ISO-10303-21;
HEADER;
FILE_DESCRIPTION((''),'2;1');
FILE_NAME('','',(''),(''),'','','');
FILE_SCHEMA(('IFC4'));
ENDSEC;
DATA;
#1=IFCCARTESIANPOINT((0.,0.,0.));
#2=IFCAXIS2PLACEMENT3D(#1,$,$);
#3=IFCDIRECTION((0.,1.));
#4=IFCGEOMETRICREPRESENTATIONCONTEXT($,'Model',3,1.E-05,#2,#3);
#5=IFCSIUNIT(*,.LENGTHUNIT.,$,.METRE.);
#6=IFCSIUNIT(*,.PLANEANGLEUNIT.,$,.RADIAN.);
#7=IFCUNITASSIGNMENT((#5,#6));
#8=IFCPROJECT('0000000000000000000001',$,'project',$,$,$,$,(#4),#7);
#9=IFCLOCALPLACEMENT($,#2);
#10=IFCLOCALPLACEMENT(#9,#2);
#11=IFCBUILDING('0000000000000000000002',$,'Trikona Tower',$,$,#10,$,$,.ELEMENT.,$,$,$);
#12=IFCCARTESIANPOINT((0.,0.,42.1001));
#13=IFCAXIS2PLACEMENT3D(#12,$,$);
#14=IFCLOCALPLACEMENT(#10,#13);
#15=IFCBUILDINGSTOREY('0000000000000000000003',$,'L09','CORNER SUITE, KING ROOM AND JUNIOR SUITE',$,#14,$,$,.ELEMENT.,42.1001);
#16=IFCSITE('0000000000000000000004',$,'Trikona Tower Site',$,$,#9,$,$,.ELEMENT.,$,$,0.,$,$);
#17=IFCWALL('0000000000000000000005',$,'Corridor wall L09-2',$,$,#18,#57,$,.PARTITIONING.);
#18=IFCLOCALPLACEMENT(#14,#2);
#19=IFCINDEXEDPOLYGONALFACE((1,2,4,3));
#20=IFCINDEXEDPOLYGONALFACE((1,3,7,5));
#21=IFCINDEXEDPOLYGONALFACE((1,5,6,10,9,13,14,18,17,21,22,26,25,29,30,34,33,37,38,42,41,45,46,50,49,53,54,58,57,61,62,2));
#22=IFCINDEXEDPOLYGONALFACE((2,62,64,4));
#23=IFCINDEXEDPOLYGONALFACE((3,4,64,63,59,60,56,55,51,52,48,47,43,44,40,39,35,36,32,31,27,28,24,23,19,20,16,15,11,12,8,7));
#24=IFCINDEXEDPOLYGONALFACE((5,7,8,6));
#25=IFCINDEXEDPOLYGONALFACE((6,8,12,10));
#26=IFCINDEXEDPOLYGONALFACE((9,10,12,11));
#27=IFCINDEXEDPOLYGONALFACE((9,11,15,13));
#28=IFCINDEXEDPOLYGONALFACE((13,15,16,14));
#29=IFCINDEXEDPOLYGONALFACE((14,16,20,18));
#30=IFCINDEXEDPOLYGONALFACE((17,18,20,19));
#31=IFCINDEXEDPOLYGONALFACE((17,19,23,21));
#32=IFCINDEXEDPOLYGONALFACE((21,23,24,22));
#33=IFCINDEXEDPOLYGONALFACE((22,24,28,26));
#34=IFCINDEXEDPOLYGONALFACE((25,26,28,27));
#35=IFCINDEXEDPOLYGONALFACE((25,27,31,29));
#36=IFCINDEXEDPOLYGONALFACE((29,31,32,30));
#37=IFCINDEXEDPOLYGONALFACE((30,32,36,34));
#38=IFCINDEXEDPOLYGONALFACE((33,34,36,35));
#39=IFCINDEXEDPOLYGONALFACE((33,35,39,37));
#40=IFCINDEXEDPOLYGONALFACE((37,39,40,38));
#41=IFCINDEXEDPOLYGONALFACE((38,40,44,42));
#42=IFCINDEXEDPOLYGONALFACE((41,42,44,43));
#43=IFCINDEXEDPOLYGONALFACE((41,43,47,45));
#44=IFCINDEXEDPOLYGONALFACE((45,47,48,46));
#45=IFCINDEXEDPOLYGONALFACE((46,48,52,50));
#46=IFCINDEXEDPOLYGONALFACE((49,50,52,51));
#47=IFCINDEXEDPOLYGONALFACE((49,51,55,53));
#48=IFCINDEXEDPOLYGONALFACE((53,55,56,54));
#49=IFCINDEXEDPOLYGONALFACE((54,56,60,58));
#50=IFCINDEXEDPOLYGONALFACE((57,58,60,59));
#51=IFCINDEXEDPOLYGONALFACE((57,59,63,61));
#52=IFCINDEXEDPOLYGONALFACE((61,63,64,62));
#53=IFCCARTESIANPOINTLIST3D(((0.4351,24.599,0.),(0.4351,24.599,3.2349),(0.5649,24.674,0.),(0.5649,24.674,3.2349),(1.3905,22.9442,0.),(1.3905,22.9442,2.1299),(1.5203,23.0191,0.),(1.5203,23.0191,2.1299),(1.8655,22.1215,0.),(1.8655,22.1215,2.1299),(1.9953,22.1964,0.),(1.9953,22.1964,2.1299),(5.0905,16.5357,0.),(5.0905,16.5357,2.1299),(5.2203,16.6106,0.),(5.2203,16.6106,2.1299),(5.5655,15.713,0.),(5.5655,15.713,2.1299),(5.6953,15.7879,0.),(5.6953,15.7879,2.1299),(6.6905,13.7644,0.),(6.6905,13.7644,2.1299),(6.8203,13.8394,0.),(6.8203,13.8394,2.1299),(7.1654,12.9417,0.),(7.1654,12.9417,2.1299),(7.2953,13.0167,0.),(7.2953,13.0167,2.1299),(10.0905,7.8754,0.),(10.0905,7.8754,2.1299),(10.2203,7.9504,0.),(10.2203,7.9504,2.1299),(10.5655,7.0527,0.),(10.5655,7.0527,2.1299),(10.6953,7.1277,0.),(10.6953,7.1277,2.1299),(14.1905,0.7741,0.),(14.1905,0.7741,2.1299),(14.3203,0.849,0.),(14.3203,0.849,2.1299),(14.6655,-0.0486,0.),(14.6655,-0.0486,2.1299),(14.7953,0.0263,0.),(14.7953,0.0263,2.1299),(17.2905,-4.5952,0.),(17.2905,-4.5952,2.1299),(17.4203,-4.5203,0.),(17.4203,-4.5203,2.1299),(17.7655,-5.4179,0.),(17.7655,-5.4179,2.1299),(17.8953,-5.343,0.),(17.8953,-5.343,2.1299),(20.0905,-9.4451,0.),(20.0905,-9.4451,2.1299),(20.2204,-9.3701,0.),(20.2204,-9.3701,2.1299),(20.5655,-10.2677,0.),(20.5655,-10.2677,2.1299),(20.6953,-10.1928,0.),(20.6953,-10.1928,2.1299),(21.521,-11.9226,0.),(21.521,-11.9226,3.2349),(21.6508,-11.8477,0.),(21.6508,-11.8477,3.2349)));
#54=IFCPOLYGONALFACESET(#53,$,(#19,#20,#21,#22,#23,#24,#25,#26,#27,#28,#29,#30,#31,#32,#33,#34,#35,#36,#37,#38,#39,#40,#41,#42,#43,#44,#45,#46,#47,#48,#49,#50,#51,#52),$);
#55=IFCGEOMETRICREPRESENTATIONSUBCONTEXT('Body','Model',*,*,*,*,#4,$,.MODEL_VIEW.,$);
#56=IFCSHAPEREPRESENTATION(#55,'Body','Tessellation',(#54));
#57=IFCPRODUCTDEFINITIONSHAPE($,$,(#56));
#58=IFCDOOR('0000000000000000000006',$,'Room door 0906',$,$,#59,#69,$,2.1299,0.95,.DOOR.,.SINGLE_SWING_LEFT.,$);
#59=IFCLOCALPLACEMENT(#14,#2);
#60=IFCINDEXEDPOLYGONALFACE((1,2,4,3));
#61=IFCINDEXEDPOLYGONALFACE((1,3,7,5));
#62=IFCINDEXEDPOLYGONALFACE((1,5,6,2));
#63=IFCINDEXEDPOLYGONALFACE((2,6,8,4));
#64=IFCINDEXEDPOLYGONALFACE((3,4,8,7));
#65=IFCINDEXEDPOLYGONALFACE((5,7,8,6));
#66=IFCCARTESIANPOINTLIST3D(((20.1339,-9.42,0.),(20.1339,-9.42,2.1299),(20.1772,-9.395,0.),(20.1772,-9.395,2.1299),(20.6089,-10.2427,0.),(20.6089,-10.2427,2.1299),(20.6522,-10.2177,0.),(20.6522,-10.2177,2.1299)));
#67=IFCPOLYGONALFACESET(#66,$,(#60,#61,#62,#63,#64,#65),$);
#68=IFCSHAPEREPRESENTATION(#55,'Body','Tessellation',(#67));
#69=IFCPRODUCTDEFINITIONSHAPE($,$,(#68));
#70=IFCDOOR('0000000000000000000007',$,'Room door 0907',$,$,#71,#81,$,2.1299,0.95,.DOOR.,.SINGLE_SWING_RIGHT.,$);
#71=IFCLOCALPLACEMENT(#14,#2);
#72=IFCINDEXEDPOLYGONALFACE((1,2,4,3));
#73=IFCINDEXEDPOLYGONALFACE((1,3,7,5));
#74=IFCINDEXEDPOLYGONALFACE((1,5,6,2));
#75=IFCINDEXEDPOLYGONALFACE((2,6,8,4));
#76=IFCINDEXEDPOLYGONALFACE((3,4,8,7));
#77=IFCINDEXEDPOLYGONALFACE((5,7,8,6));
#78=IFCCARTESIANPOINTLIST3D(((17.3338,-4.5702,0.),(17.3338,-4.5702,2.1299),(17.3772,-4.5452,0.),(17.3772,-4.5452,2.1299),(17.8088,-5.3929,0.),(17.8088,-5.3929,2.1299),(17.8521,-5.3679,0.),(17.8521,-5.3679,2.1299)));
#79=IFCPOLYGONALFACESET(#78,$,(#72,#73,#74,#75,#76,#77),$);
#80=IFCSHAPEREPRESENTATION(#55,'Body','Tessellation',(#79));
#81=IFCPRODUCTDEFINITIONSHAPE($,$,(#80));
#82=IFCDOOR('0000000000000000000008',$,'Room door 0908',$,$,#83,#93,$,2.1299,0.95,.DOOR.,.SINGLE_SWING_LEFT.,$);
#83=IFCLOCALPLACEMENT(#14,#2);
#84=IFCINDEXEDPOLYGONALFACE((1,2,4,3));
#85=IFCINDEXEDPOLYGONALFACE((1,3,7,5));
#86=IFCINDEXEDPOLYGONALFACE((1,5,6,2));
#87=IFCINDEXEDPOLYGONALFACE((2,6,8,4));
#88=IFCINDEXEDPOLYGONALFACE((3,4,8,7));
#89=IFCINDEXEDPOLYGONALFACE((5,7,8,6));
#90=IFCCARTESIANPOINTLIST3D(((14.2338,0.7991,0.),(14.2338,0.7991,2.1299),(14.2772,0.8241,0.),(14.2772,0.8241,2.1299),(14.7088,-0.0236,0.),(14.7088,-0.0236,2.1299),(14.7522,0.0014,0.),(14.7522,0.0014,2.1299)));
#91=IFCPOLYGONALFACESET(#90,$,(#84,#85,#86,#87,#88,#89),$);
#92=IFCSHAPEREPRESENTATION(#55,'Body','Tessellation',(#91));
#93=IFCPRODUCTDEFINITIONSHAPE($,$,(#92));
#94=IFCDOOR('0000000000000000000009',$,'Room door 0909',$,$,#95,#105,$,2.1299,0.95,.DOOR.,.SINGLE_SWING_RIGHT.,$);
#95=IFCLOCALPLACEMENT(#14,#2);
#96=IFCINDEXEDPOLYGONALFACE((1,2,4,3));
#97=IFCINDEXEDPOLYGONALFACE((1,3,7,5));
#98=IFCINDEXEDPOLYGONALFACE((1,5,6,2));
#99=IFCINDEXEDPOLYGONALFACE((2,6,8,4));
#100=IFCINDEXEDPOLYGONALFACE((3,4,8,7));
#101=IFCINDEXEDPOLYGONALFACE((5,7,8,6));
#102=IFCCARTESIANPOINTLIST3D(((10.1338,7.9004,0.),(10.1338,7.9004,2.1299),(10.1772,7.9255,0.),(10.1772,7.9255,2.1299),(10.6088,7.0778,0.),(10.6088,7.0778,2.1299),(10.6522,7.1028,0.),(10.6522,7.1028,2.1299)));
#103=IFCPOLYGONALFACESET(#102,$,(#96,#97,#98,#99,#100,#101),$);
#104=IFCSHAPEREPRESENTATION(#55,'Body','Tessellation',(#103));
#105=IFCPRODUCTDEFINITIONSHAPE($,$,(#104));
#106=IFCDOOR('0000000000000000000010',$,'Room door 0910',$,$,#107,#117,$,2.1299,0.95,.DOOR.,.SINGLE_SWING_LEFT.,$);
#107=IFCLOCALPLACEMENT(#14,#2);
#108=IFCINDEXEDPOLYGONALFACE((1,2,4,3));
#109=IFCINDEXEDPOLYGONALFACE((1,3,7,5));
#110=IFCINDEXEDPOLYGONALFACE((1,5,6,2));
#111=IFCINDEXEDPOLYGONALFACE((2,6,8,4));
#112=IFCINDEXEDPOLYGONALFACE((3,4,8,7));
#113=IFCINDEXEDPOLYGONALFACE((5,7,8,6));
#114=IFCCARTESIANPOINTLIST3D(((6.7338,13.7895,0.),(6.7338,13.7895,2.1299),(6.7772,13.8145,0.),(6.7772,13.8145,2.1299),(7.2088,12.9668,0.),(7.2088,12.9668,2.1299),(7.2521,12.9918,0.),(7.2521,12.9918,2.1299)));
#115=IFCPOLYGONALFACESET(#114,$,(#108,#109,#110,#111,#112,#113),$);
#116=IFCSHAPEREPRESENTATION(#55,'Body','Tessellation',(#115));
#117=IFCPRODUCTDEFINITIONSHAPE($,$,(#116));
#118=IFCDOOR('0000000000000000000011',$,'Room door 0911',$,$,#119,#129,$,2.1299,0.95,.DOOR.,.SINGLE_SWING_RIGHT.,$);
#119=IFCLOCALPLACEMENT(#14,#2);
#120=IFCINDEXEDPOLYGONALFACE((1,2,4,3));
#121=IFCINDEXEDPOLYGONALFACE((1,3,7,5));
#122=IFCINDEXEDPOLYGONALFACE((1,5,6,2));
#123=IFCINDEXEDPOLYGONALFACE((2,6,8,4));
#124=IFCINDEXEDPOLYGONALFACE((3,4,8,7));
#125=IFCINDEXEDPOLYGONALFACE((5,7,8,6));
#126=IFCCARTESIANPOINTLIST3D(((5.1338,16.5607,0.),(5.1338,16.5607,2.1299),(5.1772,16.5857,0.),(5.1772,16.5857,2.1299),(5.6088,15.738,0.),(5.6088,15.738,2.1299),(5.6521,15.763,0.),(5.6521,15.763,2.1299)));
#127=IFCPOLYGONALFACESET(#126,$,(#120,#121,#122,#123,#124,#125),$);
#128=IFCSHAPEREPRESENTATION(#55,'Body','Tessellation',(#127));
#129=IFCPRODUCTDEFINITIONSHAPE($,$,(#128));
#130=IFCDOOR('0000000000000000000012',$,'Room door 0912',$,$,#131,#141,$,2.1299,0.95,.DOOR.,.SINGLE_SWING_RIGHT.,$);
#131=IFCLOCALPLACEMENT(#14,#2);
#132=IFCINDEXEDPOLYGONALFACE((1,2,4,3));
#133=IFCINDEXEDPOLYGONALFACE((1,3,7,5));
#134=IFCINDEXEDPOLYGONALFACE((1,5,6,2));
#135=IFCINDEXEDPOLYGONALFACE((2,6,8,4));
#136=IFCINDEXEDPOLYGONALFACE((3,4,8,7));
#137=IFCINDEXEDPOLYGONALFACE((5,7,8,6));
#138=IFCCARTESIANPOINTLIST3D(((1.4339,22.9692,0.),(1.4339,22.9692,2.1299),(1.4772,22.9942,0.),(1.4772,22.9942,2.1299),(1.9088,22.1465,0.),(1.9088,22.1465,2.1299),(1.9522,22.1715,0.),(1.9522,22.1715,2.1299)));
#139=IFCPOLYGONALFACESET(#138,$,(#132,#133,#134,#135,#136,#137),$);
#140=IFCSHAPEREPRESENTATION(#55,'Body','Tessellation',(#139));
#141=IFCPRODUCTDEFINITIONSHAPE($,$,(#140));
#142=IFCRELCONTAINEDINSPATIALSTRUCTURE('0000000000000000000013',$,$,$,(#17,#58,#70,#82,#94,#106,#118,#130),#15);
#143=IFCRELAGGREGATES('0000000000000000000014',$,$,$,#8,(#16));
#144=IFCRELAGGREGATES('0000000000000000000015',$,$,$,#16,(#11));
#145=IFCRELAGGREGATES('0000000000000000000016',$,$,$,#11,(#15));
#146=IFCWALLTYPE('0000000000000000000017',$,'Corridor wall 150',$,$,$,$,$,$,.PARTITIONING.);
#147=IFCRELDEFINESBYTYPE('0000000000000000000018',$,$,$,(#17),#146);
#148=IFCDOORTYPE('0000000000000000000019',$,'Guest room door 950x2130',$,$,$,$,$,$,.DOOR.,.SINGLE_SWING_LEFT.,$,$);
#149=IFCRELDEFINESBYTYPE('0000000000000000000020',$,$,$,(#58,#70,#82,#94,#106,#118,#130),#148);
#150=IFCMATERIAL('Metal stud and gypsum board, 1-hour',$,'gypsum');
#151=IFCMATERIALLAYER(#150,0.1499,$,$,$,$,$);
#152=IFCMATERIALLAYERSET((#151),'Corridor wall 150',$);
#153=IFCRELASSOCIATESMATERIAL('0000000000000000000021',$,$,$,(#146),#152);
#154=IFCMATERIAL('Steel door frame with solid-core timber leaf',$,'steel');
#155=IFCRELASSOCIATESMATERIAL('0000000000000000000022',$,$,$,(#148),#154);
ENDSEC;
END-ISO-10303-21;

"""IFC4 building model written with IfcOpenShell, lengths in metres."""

from ifc_helpers import new_model, si_unit, direction, frame, frame_2d, origin, place, context, subcontext, project, spatial, rectangle, extrude, material, layer, layer_set, type_object, element, fill, save


model = new_model("IFC4")

# Units and contexts
model_context = context("Model", 3, precision=1e-05, world=origin(), true_north=direction((0.0, 1.0)))
body_context = subcontext(model_context, "Body", "Model", "MODEL_VIEW")
ifc_project = project(units=[si_unit("LENGTHUNIT", "METRE"), si_unit("PLANEANGLEUNIT", "RADIAN")], contexts=[model_context])

# Site, building, storey
site_placement = place(None, origin())
site = spatial("IfcSite", under=ifc_project, at=site_placement, Name="Trikona Tower Site", CompositionType="ELEMENT", RefElevation=0.0)
building_placement = place(site_placement, origin())
building = spatial("IfcBuilding", under=site, at=building_placement, Name="Trikona Tower", CompositionType="ELEMENT")
storey_placement = place(building_placement, frame((0.0, 0.0, 42.1001)))
storey = spatial("IfcBuildingStorey", under=building, at=storey_placement, Name="L09", Description="CORNER SUITE, KING ROOM AND JUNIOR SUITE", CompositionType="ELEMENT", Elevation=42.1001)

# Wall, openings, doors
ifc_material_1 = material(Name="Metal stud and gypsum board, 1-hour", Category="gypsum")
ifc_layer_1 = layer(ifc_material_1, 0.1499)
ifc_layer_set_1 = layer_set([ifc_layer_1], Name="Corridor wall 150")
wall_type_1 = type_object("IfcWallType", Name="Corridor wall 150", PredefinedType="PARTITIONING", material=ifc_layer_set_1)
wall_1_placement = place(storey_placement, frame((21.5859, -11.8853, 0.0), z_axis=(0.0, 0.0, 1.0), x_axis=(-0.500002, 0.866024, 0.0)))
wall_1 = element("IfcWall", 1, at=wall_1_placement, inside=storey, type_object=wall_type_1, Name="Corridor wall L09-2", PredefinedType="PARTITIONING", context=body_context, shape_type="SweptSolid", body=[
    extrude(rectangle(XDim=42.1716, YDim=0.1499, at=frame_2d((21.0859, 0.0))), origin(), (0.0, 0.0, 1.0), 3.2349),
])
opening_1_placement = place(wall_1_placement, frame((1.9109, 0.0, 0.0)))
opening_1 = element("IfcOpeningElement", 2, at=opening_1_placement, cuts=wall_1, PredefinedType="OPENING", context=body_context, shape_type="SweptSolid", body=[
    extrude(rectangle(XDim=0.95, YDim=2.1299, at=frame_2d((0.4751, 1.0649))), frame((0.0, 0.085, 0.0), z_axis=(0.0, -1.0, 0.0), x_axis=(1.0, 0.0, 0.0)), (0.0, 0.0, 1.0), 0.1699),
])
opening_2_placement = place(wall_1_placement, frame((7.511, 0.0, 0.0)))
opening_2 = element("IfcOpeningElement", 3, at=opening_2_placement, cuts=wall_1, PredefinedType="OPENING", context=body_context, shape_type="SweptSolid", body=[
    extrude(rectangle(XDim=0.95, YDim=2.1299, at=frame_2d((0.4751, 1.0649))), frame((0.0, 0.085, 0.0), z_axis=(0.0, -1.0, 0.0), x_axis=(1.0, 0.0, 0.0)), (0.0, 0.0, 1.0), 0.1699),
])
opening_3_placement = place(wall_1_placement, frame((13.7109, 0.0, 0.0)))
opening_3 = element("IfcOpeningElement", 4, at=opening_3_placement, cuts=wall_1, PredefinedType="OPENING", context=body_context, shape_type="SweptSolid", body=[
    extrude(rectangle(XDim=0.95, YDim=2.1299, at=frame_2d((0.4751, 1.0649))), frame((0.0, 0.085, 0.0), z_axis=(0.0, -1.0, 0.0), x_axis=(1.0, 0.0, 0.0)), (0.0, 0.0, 1.0), 0.1699),
])
opening_4_placement = place(wall_1_placement, frame((21.9109, 0.0, 0.0)))
opening_4 = element("IfcOpeningElement", 5, at=opening_4_placement, cuts=wall_1, PredefinedType="OPENING", context=body_context, shape_type="SweptSolid", body=[
    extrude(rectangle(XDim=0.95, YDim=2.1299, at=frame_2d((0.4751, 1.0649))), frame((0.0, 0.085, 0.0), z_axis=(0.0, -1.0, 0.0), x_axis=(1.0, 0.0, 0.0)), (0.0, 0.0, 1.0), 0.1699),
])
opening_5_placement = place(wall_1_placement, frame((28.7109, 0.0, 0.0)))
opening_5 = element("IfcOpeningElement", 6, at=opening_5_placement, cuts=wall_1, PredefinedType="OPENING", context=body_context, shape_type="SweptSolid", body=[
    extrude(rectangle(XDim=0.95, YDim=2.1299, at=frame_2d((0.4751, 1.0649))), frame((0.0, 0.085, 0.0), z_axis=(0.0, -1.0, 0.0), x_axis=(1.0, 0.0, 0.0)), (0.0, 0.0, 1.0), 0.1699),
])
opening_6_placement = place(wall_1_placement, frame((31.9109, 0.0, 0.0)))
opening_6 = element("IfcOpeningElement", 7, at=opening_6_placement, cuts=wall_1, PredefinedType="OPENING", context=body_context, shape_type="SweptSolid", body=[
    extrude(rectangle(XDim=0.95, YDim=2.1299, at=frame_2d((0.4751, 1.0649))), frame((0.0, 0.085, 0.0), z_axis=(0.0, -1.0, 0.0), x_axis=(1.0, 0.0, 0.0)), (0.0, 0.0, 1.0), 0.1699),
])
opening_7_placement = place(wall_1_placement, frame((39.3108, 0.0, 0.0)))
opening_7 = element("IfcOpeningElement", 8, at=opening_7_placement, cuts=wall_1, PredefinedType="OPENING", context=body_context, shape_type="SweptSolid", body=[
    extrude(rectangle(XDim=0.95, YDim=2.1299, at=frame_2d((0.4751, 1.0649))), frame((0.0, 0.085, 0.0), z_axis=(0.0, -1.0, 0.0), x_axis=(1.0, 0.0, 0.0)), (0.0, 0.0, 1.0), 0.1699),
])
ifc_material_2 = material(Name="Steel door frame with solid-core timber leaf", Category="steel")
door_type = type_object("IfcDoorType", Name="Guest room door 950x2130", OperationType="SINGLE_SWING_LEFT", PredefinedType="DOOR", material=ifc_material_2)
door_1_placement = place(opening_1_placement, origin())
door_1 = element("IfcDoor", 9, at=door_1_placement, inside=storey, type_object=door_type, Name="Room door 0906", OperationType="SINGLE_SWING_LEFT", OverallHeight=2.1299, OverallWidth=0.95, PredefinedType="DOOR", context=body_context, shape_type="SweptSolid", body=[
    extrude(rectangle(XDim=0.95, YDim=2.1299, at=frame_2d((0.4751, 1.0649))), frame((0.0, 0.0249, 0.0), z_axis=(0.0, -1.0, 0.0), x_axis=(1.0, 0.0, 0.0)), (0.0, 0.0, 1.0), 0.05),
])
fill(opening_1, door_1)
door_2_placement = place(opening_2_placement, origin())
door_2 = element("IfcDoor", 10, at=door_2_placement, inside=storey, type_object=door_type, Name="Room door 0907", OperationType="SINGLE_SWING_RIGHT", OverallHeight=2.1299, OverallWidth=0.95, PredefinedType="DOOR", context=body_context, shape_type="SweptSolid", body=[
    extrude(rectangle(XDim=0.95, YDim=2.1299, at=frame_2d((0.4751, 1.0649))), frame((0.0, 0.0249, 0.0), z_axis=(0.0, -1.0, 0.0), x_axis=(1.0, 0.0, 0.0)), (0.0, 0.0, 1.0), 0.05),
])
fill(opening_2, door_2)
door_3_placement = place(opening_3_placement, origin())
door_3 = element("IfcDoor", 11, at=door_3_placement, inside=storey, type_object=door_type, Name="Room door 0908", OperationType="SINGLE_SWING_LEFT", OverallHeight=2.1299, OverallWidth=0.95, PredefinedType="DOOR", context=body_context, shape_type="SweptSolid", body=[
    extrude(rectangle(XDim=0.95, YDim=2.1299, at=frame_2d((0.4751, 1.0649))), frame((0.0, 0.0249, 0.0), z_axis=(0.0, -1.0, 0.0), x_axis=(1.0, 0.0, 0.0)), (0.0, 0.0, 1.0), 0.05),
])
fill(opening_3, door_3)
door_4_placement = place(opening_4_placement, origin())
door_4 = element("IfcDoor", 12, at=door_4_placement, inside=storey, type_object=door_type, Name="Room door 0909", OperationType="SINGLE_SWING_RIGHT", OverallHeight=2.1299, OverallWidth=0.95, PredefinedType="DOOR", context=body_context, shape_type="SweptSolid", body=[
    extrude(rectangle(XDim=0.95, YDim=2.1299, at=frame_2d((0.4751, 1.0649))), frame((0.0, 0.0249, 0.0), z_axis=(0.0, -1.0, 0.0), x_axis=(1.0, 0.0, 0.0)), (0.0, 0.0, 1.0), 0.05),
])
fill(opening_4, door_4)
door_5_placement = place(opening_5_placement, origin())
door_5 = element("IfcDoor", 13, at=door_5_placement, inside=storey, type_object=door_type, Name="Room door 0910", OperationType="SINGLE_SWING_LEFT", OverallHeight=2.1299, OverallWidth=0.95, PredefinedType="DOOR", context=body_context, shape_type="SweptSolid", body=[
    extrude(rectangle(XDim=0.95, YDim=2.1299, at=frame_2d((0.4751, 1.0649))), frame((0.0, 0.0249, 0.0), z_axis=(0.0, -1.0, 0.0), x_axis=(1.0, 0.0, 0.0)), (0.0, 0.0, 1.0), 0.05),
])
fill(opening_5, door_5)
door_6_placement = place(opening_6_placement, origin())
door_6 = element("IfcDoor", 14, at=door_6_placement, inside=storey, type_object=door_type, Name="Room door 0911", OperationType="SINGLE_SWING_RIGHT", OverallHeight=2.1299, OverallWidth=0.95, PredefinedType="DOOR", context=body_context, shape_type="SweptSolid", body=[
    extrude(rectangle(XDim=0.95, YDim=2.1299, at=frame_2d((0.4751, 1.0649))), frame((0.0, 0.0249, 0.0), z_axis=(0.0, -1.0, 0.0), x_axis=(1.0, 0.0, 0.0)), (0.0, 0.0, 1.0), 0.05),
])
fill(opening_6, door_6)
door_7_placement = place(opening_7_placement, origin())
door_7 = element("IfcDoor", 15, at=door_7_placement, inside=storey, type_object=door_type, Name="Room door 0912", OperationType="SINGLE_SWING_RIGHT", OverallHeight=2.1299, OverallWidth=0.95, PredefinedType="DOOR", context=body_context, shape_type="SweptSolid", body=[
    extrude(rectangle(XDim=0.95, YDim=2.1299, at=frame_2d((0.4751, 1.0649))), frame((0.0, 0.0249, 0.0), z_axis=(0.0, -1.0, 0.0), x_axis=(1.0, 0.0, 0.0)), (0.0, 0.0, 1.0), 0.05),
])
fill(opening_7, door_7)

save(model, "model.ifc")
